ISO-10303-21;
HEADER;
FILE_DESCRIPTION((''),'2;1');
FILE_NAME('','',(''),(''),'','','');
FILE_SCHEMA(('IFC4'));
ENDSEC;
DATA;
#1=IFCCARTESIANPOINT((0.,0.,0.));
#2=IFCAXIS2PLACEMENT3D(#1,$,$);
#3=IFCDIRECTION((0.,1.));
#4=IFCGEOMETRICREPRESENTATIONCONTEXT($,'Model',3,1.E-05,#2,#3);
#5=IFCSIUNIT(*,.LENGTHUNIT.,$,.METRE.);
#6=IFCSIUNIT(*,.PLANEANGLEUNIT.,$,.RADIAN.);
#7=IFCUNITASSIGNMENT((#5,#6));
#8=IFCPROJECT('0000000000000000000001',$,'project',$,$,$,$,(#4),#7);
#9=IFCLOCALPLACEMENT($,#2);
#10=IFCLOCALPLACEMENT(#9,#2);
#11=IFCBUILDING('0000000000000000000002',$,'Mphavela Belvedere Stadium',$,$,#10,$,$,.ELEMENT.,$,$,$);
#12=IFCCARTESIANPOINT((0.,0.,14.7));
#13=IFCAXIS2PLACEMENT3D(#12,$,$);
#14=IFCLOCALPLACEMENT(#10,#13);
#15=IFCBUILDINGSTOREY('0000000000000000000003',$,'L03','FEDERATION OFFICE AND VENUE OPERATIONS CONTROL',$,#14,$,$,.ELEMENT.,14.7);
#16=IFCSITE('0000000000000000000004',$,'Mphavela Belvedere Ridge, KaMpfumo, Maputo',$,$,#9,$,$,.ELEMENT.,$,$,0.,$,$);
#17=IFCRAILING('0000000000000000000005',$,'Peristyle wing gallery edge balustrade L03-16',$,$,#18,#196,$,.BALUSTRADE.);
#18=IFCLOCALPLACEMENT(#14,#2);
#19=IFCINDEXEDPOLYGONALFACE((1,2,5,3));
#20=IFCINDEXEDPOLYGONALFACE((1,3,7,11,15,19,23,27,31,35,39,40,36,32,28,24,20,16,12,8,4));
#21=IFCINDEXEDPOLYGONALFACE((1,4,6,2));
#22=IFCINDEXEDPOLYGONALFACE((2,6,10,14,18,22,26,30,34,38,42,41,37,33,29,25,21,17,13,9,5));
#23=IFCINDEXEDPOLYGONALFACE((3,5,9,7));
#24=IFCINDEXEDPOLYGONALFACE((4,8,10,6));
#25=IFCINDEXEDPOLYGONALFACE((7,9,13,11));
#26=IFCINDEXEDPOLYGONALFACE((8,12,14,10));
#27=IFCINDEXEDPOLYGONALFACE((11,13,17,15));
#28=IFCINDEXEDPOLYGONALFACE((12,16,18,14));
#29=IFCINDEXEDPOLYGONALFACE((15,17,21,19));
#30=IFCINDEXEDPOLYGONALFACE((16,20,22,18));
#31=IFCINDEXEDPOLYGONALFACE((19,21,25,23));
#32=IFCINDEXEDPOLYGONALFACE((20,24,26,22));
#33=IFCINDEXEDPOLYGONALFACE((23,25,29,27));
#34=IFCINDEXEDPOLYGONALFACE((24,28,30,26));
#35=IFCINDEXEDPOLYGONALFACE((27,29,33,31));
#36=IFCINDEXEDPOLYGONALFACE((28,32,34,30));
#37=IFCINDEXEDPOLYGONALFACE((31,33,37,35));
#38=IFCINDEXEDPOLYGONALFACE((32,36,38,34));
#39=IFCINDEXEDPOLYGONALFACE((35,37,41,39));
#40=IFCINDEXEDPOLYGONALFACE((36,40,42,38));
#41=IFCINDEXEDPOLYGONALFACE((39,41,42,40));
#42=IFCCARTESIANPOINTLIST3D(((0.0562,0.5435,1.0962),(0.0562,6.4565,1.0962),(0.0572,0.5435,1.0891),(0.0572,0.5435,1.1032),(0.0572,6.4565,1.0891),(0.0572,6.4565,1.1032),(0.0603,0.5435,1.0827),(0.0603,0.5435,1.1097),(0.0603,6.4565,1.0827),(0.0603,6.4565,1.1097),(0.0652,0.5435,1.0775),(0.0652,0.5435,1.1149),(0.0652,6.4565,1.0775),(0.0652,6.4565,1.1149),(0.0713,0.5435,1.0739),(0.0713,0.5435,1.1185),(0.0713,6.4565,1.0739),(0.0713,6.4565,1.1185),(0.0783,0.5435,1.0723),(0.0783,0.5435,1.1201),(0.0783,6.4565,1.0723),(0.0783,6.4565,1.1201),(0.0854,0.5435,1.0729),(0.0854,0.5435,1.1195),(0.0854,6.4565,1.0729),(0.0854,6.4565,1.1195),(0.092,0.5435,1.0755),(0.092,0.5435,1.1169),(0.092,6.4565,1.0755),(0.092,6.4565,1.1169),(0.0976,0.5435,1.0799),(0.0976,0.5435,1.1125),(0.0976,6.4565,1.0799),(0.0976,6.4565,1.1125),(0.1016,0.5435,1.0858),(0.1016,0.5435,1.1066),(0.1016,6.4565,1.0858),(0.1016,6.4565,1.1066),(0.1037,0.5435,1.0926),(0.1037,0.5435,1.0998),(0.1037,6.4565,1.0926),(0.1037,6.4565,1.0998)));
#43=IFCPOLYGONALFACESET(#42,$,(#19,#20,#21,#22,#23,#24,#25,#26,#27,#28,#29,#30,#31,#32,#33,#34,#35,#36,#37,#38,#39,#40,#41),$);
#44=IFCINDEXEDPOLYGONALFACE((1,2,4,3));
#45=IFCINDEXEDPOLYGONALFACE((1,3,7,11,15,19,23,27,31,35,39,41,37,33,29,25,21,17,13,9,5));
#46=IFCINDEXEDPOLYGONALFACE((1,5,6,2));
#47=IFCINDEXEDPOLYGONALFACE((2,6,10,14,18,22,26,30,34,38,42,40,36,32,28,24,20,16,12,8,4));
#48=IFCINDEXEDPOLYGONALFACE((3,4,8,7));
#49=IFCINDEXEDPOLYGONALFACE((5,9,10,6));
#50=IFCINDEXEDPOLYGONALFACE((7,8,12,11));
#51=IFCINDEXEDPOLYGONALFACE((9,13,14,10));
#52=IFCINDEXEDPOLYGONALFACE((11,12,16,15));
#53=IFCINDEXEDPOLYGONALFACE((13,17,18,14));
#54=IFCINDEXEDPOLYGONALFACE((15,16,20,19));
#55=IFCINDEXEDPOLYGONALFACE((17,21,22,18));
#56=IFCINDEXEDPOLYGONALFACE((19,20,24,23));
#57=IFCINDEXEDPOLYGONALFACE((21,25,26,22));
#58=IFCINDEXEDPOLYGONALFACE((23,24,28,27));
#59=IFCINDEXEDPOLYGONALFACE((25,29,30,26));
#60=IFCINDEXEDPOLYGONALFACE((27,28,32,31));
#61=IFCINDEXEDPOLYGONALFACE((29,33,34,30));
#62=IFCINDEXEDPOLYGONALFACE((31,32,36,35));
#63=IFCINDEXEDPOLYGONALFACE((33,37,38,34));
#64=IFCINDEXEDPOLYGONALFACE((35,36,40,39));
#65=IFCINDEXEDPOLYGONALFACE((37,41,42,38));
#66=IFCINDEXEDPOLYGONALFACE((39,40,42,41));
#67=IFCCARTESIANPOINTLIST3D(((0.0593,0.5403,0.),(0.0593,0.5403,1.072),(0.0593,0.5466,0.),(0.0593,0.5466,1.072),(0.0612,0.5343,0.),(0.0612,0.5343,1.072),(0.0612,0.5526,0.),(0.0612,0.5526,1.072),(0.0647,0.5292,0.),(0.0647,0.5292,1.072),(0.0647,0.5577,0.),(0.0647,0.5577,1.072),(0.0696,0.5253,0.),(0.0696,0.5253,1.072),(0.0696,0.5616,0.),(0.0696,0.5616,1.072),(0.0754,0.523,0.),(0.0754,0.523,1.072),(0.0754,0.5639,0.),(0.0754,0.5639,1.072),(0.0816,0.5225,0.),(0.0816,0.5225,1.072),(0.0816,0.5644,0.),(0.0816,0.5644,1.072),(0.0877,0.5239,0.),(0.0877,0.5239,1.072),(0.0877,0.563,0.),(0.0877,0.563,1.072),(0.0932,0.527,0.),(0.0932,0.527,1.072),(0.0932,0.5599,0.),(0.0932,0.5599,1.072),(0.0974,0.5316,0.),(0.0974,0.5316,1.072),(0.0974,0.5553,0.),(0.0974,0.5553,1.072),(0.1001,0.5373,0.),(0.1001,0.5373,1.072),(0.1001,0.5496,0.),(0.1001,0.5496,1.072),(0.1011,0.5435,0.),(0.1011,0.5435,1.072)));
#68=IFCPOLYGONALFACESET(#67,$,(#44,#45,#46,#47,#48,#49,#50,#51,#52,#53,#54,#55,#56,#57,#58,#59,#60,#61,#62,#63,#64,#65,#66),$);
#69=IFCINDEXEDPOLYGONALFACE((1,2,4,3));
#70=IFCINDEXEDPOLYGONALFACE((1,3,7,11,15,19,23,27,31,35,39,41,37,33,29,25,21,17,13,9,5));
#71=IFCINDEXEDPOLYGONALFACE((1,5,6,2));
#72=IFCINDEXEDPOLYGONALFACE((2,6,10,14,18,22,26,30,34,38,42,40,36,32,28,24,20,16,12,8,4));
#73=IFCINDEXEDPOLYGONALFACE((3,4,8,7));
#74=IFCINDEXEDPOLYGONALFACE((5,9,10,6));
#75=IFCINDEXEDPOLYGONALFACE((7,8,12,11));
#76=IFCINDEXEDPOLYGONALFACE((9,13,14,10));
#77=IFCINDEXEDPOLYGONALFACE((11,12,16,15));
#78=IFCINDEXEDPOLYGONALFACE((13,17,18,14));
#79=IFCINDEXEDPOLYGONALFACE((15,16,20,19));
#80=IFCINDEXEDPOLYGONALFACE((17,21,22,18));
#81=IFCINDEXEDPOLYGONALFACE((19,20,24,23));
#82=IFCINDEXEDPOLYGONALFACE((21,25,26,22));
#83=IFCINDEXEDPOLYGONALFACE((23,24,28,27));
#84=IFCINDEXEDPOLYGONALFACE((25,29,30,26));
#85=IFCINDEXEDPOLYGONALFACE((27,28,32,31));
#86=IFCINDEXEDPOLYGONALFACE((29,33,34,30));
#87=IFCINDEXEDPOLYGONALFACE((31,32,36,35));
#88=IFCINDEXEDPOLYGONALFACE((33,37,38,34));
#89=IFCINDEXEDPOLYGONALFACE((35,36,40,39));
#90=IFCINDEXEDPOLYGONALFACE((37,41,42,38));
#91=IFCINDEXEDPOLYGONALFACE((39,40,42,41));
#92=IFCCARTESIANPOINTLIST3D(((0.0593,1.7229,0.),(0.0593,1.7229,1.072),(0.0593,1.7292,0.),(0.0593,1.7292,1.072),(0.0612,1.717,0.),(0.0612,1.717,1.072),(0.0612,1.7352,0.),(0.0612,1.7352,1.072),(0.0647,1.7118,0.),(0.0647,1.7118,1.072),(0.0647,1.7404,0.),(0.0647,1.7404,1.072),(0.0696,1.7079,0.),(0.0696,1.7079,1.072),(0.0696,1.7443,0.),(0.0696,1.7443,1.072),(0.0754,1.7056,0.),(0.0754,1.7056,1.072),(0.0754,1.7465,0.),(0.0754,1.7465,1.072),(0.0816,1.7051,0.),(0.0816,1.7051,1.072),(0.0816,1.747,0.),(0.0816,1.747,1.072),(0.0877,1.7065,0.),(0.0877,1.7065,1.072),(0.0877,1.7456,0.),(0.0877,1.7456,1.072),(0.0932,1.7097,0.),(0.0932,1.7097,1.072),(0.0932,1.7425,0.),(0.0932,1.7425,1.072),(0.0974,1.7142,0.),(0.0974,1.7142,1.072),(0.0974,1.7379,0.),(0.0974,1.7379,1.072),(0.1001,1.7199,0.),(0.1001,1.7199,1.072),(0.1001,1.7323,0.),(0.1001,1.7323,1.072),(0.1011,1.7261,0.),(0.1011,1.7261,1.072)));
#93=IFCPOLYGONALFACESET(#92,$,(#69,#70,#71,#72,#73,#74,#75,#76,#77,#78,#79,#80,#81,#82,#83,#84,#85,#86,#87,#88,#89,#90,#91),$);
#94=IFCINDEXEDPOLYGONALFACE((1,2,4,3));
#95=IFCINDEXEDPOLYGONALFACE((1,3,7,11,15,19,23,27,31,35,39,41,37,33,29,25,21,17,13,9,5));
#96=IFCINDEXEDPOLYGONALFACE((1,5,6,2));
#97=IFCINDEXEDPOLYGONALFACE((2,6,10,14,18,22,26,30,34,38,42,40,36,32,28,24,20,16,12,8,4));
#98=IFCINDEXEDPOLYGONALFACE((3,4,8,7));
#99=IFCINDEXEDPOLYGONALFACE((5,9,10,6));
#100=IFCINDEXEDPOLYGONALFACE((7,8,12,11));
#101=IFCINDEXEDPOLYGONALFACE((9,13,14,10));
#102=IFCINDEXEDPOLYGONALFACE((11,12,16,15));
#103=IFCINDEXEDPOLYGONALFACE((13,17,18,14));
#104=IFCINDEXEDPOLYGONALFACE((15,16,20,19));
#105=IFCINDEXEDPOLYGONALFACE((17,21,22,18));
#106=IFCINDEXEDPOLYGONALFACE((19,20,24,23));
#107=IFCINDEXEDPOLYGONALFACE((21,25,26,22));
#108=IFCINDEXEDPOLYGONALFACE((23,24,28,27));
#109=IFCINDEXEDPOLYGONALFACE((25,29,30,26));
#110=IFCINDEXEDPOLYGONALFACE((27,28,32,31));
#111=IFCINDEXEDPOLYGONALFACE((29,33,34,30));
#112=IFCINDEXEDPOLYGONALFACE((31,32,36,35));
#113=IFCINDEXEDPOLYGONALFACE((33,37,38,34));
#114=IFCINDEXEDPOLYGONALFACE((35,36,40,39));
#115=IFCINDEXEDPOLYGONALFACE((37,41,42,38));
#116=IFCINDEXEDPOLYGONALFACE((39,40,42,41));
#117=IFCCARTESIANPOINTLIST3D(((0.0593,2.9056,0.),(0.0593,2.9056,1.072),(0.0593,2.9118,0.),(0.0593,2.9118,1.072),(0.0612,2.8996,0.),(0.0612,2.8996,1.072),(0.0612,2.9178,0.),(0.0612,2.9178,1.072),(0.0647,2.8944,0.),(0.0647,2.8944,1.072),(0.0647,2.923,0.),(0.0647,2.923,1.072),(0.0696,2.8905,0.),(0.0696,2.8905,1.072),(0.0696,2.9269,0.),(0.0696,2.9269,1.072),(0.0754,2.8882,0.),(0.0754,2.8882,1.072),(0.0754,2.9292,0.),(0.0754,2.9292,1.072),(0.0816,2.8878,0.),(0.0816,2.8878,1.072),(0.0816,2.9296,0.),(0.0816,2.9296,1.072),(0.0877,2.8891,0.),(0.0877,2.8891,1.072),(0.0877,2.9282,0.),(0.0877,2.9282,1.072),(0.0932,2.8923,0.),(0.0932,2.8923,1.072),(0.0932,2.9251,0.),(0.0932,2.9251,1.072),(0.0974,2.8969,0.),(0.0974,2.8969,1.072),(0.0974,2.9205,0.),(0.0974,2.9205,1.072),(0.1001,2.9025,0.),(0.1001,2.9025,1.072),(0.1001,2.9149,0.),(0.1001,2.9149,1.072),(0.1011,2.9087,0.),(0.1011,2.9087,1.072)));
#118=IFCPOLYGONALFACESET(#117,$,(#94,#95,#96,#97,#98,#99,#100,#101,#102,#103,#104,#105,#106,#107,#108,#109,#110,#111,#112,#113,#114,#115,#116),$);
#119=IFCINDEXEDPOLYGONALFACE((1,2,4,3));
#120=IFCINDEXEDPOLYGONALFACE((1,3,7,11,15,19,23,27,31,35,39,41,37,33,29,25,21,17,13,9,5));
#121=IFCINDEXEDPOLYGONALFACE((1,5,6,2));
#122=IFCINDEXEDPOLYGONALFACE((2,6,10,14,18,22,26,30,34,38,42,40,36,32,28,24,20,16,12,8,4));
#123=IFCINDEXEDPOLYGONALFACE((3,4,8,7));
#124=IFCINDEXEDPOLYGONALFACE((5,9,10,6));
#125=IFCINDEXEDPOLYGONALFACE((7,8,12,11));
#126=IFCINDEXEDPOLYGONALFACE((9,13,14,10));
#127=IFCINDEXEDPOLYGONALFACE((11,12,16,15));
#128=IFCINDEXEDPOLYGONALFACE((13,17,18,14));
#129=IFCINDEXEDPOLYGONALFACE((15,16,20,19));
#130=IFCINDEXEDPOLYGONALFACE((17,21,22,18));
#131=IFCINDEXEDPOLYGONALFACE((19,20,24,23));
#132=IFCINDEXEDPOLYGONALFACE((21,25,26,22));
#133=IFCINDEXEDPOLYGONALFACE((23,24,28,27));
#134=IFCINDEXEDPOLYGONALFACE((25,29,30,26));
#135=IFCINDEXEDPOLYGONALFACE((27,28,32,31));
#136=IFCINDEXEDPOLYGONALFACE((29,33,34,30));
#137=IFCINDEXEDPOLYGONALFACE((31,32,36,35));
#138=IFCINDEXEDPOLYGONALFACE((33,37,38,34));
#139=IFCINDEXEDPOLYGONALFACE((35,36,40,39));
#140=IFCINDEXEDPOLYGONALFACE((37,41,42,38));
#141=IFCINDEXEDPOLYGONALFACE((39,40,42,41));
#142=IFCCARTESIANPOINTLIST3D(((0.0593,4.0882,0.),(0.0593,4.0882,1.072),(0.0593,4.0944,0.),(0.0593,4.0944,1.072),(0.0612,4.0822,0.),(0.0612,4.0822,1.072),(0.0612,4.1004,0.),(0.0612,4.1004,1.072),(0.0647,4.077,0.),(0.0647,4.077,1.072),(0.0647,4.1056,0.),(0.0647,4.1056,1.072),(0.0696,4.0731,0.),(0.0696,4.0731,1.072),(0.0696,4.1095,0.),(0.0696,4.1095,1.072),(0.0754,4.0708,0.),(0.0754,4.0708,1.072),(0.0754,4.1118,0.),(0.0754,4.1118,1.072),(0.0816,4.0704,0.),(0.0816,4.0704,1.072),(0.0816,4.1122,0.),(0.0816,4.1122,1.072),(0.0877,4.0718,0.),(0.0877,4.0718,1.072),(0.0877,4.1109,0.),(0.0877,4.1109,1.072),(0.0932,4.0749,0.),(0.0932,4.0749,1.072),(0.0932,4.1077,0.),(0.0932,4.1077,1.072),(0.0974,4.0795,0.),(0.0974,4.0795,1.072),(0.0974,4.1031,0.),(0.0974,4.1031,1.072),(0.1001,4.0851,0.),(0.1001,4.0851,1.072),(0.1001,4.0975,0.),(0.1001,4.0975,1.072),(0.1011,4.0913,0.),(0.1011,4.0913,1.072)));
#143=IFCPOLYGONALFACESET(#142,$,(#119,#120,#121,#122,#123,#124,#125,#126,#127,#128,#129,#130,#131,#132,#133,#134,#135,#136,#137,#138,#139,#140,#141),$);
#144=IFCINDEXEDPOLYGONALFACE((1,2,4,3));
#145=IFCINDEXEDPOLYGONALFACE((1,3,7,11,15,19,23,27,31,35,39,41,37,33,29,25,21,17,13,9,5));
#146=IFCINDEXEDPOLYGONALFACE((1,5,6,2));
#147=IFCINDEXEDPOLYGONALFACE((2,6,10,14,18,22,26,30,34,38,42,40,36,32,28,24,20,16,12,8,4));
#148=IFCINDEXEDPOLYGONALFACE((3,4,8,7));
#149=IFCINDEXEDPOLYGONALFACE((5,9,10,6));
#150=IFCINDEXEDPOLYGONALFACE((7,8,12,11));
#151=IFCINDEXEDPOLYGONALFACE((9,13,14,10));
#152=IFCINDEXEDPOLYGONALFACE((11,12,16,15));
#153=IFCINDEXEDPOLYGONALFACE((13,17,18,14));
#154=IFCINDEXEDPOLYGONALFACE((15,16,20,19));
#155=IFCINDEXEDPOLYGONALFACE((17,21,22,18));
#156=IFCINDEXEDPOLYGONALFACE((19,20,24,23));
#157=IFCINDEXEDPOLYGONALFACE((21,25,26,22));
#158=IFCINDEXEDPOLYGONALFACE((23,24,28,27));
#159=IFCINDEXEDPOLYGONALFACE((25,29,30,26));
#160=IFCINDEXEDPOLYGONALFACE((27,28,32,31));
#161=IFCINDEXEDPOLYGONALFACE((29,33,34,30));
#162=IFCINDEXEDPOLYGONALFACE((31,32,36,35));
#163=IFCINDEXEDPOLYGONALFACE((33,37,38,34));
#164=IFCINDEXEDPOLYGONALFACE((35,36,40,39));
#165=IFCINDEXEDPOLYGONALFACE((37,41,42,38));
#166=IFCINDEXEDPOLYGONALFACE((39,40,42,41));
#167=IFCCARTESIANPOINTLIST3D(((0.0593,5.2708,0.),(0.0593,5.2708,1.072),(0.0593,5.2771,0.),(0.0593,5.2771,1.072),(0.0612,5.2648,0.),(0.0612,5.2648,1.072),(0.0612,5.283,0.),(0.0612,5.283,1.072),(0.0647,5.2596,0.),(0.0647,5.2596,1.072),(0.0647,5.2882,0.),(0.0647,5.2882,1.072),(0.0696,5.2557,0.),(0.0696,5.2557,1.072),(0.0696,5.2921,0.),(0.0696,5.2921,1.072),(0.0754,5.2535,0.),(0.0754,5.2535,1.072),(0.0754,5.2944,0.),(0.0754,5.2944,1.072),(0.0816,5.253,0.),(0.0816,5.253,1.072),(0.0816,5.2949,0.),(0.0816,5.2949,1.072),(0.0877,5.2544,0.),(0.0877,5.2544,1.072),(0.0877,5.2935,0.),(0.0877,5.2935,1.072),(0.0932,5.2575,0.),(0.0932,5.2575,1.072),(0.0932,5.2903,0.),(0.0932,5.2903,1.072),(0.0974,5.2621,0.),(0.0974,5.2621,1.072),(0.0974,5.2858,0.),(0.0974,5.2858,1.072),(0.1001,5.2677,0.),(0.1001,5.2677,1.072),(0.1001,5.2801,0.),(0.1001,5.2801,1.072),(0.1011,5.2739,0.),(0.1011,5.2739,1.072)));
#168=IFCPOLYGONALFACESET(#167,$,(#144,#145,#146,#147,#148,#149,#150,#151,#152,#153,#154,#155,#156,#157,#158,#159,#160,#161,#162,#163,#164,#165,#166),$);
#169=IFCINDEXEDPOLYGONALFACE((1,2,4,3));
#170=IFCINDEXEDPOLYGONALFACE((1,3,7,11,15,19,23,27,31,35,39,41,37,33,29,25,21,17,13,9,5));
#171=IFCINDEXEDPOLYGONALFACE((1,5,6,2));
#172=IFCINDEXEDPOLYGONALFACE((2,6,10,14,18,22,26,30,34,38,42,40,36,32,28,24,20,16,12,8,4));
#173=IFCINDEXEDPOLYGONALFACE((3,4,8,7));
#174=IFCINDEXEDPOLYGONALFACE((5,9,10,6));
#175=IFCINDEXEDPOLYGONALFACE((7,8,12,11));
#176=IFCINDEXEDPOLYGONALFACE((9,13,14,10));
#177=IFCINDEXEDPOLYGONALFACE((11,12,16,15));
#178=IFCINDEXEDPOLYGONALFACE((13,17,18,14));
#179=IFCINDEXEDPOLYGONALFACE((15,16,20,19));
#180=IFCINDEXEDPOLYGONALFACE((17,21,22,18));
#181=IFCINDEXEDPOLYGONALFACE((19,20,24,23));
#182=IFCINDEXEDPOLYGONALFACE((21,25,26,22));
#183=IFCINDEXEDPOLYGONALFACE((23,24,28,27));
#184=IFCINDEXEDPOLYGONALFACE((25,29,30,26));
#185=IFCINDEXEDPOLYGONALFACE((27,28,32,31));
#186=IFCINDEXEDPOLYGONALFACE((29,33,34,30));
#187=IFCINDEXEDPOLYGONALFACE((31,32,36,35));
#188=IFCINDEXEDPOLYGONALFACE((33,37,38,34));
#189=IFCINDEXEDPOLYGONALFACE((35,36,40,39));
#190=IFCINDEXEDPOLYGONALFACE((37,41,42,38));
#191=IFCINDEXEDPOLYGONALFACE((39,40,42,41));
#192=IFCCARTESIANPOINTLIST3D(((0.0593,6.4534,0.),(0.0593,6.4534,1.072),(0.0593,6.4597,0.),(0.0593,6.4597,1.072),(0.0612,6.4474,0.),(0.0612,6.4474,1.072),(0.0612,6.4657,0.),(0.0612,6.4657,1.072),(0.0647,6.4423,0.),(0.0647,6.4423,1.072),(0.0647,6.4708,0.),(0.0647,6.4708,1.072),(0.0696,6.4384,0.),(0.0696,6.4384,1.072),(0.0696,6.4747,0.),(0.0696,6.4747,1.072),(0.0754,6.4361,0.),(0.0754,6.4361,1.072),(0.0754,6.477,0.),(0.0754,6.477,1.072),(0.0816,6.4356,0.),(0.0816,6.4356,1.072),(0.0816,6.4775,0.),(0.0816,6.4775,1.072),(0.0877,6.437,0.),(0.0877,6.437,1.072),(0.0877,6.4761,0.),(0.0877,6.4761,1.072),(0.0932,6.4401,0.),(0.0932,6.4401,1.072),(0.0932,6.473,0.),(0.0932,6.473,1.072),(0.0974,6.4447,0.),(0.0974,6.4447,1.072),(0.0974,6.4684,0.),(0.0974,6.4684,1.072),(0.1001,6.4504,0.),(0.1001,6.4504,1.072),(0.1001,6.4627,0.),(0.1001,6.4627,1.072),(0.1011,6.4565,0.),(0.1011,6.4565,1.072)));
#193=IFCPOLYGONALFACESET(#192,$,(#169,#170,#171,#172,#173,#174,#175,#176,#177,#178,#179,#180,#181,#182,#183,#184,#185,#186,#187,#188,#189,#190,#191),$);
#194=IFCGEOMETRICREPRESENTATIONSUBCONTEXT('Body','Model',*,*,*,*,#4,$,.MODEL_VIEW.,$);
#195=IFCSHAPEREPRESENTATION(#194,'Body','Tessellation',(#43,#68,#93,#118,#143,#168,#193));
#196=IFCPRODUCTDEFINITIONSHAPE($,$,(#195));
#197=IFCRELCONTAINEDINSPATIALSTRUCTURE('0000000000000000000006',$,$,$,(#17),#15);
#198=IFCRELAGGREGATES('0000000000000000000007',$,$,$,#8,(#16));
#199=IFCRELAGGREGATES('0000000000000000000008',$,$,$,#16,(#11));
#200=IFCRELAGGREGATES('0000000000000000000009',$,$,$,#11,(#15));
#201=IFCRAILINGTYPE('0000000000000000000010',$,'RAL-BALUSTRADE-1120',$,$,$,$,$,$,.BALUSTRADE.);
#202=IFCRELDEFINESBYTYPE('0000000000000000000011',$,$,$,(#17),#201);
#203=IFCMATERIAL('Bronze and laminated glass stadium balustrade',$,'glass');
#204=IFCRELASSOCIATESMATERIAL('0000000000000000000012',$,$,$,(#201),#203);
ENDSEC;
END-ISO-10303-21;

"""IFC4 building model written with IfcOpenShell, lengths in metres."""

from ifc_helpers import new_model, si_unit, direction, frame, origin, origin_2d, place, context, subcontext, project, spatial, circle, extrude, material, type_object, element, save


model = new_model("IFC4")

# Units and contexts
model_context = context("Model", 3, precision=1e-05, world=origin(), true_north=direction((0.0, 1.0)))
body_context = subcontext(model_context, "Body", "Model", "MODEL_VIEW")
ifc_project = project(units=[si_unit("LENGTHUNIT", "METRE"), si_unit("PLANEANGLEUNIT", "RADIAN")], contexts=[model_context])

# Site, building, storey
site_placement = place(None, origin())
site = spatial("IfcSite", under=ifc_project, at=site_placement, Name="Mphavela Belvedere Ridge, KaMpfumo, Maputo", CompositionType="ELEMENT", RefElevation=0.0)
building_placement = place(site_placement, origin())
building = spatial("IfcBuilding", under=site, at=building_placement, Name="Mphavela Belvedere Stadium", CompositionType="ELEMENT")
storey_placement = place(building_placement, frame((0.0, 0.0, 14.7)))
storey = spatial("IfcBuildingStorey", under=building, at=storey_placement, Name="L03", Description="FEDERATION OFFICE AND VENUE OPERATIONS CONTROL", CompositionType="ELEMENT", Elevation=14.7)

# Railing
ifc_material_1 = material(Name="Bronze and laminated glass stadium balustrade", Category="glass")
railing_type = type_object("IfcRailingType", Name="RAL-BALUSTRADE-1120", PredefinedType="BALUSTRADE", material=ifc_material_1)
for number, where, name in (
    (1, (0.0801, 0.5435, 0.0), "Peristyle wing gallery edge balustrade L03-16"),
):
    element("IfcRailing", number, at=place(storey_placement, frame(where)), inside=storey, type_object=railing_type, Name=name, PredefinedType="BALUSTRADE", context=body_context, shape_type="SweptSolid", body=[
        extrude(circle(Radius=0.0239, at=origin_2d()), frame((0.0, 0.0, 1.0962), z_axis=(0.0, 1.0, 0.0), x_axis=(-1.0, 0.0, 0.0)), (0.0, 0.0, 1.0), 5.9131),
        extrude(circle(Radius=0.021, at=origin_2d()), origin(), (0.0, 0.0, 1.0), 1.072),
        extrude(circle(Radius=0.021, at=origin_2d()), frame((0.0, 1.1826, 0.0)), (0.0, 0.0, 1.0), 1.072),
        extrude(circle(Radius=0.021, at=origin_2d()), frame((0.0, 2.3652, 0.0)), (0.0, 0.0, 1.0), 1.072),
        extrude(circle(Radius=0.021, at=origin_2d()), frame((0.0, 3.5479, 0.0)), (0.0, 0.0, 1.0), 1.072),
        extrude(circle(Radius=0.021, at=origin_2d()), frame((0.0, 4.7305, 0.0)), (0.0, 0.0, 1.0), 1.072),
        extrude(circle(Radius=0.021, at=origin_2d()), frame((0.0, 5.9131, 0.0)), (0.0, 0.0, 1.0), 1.072),
    ])

save(model, "model.ifc")
